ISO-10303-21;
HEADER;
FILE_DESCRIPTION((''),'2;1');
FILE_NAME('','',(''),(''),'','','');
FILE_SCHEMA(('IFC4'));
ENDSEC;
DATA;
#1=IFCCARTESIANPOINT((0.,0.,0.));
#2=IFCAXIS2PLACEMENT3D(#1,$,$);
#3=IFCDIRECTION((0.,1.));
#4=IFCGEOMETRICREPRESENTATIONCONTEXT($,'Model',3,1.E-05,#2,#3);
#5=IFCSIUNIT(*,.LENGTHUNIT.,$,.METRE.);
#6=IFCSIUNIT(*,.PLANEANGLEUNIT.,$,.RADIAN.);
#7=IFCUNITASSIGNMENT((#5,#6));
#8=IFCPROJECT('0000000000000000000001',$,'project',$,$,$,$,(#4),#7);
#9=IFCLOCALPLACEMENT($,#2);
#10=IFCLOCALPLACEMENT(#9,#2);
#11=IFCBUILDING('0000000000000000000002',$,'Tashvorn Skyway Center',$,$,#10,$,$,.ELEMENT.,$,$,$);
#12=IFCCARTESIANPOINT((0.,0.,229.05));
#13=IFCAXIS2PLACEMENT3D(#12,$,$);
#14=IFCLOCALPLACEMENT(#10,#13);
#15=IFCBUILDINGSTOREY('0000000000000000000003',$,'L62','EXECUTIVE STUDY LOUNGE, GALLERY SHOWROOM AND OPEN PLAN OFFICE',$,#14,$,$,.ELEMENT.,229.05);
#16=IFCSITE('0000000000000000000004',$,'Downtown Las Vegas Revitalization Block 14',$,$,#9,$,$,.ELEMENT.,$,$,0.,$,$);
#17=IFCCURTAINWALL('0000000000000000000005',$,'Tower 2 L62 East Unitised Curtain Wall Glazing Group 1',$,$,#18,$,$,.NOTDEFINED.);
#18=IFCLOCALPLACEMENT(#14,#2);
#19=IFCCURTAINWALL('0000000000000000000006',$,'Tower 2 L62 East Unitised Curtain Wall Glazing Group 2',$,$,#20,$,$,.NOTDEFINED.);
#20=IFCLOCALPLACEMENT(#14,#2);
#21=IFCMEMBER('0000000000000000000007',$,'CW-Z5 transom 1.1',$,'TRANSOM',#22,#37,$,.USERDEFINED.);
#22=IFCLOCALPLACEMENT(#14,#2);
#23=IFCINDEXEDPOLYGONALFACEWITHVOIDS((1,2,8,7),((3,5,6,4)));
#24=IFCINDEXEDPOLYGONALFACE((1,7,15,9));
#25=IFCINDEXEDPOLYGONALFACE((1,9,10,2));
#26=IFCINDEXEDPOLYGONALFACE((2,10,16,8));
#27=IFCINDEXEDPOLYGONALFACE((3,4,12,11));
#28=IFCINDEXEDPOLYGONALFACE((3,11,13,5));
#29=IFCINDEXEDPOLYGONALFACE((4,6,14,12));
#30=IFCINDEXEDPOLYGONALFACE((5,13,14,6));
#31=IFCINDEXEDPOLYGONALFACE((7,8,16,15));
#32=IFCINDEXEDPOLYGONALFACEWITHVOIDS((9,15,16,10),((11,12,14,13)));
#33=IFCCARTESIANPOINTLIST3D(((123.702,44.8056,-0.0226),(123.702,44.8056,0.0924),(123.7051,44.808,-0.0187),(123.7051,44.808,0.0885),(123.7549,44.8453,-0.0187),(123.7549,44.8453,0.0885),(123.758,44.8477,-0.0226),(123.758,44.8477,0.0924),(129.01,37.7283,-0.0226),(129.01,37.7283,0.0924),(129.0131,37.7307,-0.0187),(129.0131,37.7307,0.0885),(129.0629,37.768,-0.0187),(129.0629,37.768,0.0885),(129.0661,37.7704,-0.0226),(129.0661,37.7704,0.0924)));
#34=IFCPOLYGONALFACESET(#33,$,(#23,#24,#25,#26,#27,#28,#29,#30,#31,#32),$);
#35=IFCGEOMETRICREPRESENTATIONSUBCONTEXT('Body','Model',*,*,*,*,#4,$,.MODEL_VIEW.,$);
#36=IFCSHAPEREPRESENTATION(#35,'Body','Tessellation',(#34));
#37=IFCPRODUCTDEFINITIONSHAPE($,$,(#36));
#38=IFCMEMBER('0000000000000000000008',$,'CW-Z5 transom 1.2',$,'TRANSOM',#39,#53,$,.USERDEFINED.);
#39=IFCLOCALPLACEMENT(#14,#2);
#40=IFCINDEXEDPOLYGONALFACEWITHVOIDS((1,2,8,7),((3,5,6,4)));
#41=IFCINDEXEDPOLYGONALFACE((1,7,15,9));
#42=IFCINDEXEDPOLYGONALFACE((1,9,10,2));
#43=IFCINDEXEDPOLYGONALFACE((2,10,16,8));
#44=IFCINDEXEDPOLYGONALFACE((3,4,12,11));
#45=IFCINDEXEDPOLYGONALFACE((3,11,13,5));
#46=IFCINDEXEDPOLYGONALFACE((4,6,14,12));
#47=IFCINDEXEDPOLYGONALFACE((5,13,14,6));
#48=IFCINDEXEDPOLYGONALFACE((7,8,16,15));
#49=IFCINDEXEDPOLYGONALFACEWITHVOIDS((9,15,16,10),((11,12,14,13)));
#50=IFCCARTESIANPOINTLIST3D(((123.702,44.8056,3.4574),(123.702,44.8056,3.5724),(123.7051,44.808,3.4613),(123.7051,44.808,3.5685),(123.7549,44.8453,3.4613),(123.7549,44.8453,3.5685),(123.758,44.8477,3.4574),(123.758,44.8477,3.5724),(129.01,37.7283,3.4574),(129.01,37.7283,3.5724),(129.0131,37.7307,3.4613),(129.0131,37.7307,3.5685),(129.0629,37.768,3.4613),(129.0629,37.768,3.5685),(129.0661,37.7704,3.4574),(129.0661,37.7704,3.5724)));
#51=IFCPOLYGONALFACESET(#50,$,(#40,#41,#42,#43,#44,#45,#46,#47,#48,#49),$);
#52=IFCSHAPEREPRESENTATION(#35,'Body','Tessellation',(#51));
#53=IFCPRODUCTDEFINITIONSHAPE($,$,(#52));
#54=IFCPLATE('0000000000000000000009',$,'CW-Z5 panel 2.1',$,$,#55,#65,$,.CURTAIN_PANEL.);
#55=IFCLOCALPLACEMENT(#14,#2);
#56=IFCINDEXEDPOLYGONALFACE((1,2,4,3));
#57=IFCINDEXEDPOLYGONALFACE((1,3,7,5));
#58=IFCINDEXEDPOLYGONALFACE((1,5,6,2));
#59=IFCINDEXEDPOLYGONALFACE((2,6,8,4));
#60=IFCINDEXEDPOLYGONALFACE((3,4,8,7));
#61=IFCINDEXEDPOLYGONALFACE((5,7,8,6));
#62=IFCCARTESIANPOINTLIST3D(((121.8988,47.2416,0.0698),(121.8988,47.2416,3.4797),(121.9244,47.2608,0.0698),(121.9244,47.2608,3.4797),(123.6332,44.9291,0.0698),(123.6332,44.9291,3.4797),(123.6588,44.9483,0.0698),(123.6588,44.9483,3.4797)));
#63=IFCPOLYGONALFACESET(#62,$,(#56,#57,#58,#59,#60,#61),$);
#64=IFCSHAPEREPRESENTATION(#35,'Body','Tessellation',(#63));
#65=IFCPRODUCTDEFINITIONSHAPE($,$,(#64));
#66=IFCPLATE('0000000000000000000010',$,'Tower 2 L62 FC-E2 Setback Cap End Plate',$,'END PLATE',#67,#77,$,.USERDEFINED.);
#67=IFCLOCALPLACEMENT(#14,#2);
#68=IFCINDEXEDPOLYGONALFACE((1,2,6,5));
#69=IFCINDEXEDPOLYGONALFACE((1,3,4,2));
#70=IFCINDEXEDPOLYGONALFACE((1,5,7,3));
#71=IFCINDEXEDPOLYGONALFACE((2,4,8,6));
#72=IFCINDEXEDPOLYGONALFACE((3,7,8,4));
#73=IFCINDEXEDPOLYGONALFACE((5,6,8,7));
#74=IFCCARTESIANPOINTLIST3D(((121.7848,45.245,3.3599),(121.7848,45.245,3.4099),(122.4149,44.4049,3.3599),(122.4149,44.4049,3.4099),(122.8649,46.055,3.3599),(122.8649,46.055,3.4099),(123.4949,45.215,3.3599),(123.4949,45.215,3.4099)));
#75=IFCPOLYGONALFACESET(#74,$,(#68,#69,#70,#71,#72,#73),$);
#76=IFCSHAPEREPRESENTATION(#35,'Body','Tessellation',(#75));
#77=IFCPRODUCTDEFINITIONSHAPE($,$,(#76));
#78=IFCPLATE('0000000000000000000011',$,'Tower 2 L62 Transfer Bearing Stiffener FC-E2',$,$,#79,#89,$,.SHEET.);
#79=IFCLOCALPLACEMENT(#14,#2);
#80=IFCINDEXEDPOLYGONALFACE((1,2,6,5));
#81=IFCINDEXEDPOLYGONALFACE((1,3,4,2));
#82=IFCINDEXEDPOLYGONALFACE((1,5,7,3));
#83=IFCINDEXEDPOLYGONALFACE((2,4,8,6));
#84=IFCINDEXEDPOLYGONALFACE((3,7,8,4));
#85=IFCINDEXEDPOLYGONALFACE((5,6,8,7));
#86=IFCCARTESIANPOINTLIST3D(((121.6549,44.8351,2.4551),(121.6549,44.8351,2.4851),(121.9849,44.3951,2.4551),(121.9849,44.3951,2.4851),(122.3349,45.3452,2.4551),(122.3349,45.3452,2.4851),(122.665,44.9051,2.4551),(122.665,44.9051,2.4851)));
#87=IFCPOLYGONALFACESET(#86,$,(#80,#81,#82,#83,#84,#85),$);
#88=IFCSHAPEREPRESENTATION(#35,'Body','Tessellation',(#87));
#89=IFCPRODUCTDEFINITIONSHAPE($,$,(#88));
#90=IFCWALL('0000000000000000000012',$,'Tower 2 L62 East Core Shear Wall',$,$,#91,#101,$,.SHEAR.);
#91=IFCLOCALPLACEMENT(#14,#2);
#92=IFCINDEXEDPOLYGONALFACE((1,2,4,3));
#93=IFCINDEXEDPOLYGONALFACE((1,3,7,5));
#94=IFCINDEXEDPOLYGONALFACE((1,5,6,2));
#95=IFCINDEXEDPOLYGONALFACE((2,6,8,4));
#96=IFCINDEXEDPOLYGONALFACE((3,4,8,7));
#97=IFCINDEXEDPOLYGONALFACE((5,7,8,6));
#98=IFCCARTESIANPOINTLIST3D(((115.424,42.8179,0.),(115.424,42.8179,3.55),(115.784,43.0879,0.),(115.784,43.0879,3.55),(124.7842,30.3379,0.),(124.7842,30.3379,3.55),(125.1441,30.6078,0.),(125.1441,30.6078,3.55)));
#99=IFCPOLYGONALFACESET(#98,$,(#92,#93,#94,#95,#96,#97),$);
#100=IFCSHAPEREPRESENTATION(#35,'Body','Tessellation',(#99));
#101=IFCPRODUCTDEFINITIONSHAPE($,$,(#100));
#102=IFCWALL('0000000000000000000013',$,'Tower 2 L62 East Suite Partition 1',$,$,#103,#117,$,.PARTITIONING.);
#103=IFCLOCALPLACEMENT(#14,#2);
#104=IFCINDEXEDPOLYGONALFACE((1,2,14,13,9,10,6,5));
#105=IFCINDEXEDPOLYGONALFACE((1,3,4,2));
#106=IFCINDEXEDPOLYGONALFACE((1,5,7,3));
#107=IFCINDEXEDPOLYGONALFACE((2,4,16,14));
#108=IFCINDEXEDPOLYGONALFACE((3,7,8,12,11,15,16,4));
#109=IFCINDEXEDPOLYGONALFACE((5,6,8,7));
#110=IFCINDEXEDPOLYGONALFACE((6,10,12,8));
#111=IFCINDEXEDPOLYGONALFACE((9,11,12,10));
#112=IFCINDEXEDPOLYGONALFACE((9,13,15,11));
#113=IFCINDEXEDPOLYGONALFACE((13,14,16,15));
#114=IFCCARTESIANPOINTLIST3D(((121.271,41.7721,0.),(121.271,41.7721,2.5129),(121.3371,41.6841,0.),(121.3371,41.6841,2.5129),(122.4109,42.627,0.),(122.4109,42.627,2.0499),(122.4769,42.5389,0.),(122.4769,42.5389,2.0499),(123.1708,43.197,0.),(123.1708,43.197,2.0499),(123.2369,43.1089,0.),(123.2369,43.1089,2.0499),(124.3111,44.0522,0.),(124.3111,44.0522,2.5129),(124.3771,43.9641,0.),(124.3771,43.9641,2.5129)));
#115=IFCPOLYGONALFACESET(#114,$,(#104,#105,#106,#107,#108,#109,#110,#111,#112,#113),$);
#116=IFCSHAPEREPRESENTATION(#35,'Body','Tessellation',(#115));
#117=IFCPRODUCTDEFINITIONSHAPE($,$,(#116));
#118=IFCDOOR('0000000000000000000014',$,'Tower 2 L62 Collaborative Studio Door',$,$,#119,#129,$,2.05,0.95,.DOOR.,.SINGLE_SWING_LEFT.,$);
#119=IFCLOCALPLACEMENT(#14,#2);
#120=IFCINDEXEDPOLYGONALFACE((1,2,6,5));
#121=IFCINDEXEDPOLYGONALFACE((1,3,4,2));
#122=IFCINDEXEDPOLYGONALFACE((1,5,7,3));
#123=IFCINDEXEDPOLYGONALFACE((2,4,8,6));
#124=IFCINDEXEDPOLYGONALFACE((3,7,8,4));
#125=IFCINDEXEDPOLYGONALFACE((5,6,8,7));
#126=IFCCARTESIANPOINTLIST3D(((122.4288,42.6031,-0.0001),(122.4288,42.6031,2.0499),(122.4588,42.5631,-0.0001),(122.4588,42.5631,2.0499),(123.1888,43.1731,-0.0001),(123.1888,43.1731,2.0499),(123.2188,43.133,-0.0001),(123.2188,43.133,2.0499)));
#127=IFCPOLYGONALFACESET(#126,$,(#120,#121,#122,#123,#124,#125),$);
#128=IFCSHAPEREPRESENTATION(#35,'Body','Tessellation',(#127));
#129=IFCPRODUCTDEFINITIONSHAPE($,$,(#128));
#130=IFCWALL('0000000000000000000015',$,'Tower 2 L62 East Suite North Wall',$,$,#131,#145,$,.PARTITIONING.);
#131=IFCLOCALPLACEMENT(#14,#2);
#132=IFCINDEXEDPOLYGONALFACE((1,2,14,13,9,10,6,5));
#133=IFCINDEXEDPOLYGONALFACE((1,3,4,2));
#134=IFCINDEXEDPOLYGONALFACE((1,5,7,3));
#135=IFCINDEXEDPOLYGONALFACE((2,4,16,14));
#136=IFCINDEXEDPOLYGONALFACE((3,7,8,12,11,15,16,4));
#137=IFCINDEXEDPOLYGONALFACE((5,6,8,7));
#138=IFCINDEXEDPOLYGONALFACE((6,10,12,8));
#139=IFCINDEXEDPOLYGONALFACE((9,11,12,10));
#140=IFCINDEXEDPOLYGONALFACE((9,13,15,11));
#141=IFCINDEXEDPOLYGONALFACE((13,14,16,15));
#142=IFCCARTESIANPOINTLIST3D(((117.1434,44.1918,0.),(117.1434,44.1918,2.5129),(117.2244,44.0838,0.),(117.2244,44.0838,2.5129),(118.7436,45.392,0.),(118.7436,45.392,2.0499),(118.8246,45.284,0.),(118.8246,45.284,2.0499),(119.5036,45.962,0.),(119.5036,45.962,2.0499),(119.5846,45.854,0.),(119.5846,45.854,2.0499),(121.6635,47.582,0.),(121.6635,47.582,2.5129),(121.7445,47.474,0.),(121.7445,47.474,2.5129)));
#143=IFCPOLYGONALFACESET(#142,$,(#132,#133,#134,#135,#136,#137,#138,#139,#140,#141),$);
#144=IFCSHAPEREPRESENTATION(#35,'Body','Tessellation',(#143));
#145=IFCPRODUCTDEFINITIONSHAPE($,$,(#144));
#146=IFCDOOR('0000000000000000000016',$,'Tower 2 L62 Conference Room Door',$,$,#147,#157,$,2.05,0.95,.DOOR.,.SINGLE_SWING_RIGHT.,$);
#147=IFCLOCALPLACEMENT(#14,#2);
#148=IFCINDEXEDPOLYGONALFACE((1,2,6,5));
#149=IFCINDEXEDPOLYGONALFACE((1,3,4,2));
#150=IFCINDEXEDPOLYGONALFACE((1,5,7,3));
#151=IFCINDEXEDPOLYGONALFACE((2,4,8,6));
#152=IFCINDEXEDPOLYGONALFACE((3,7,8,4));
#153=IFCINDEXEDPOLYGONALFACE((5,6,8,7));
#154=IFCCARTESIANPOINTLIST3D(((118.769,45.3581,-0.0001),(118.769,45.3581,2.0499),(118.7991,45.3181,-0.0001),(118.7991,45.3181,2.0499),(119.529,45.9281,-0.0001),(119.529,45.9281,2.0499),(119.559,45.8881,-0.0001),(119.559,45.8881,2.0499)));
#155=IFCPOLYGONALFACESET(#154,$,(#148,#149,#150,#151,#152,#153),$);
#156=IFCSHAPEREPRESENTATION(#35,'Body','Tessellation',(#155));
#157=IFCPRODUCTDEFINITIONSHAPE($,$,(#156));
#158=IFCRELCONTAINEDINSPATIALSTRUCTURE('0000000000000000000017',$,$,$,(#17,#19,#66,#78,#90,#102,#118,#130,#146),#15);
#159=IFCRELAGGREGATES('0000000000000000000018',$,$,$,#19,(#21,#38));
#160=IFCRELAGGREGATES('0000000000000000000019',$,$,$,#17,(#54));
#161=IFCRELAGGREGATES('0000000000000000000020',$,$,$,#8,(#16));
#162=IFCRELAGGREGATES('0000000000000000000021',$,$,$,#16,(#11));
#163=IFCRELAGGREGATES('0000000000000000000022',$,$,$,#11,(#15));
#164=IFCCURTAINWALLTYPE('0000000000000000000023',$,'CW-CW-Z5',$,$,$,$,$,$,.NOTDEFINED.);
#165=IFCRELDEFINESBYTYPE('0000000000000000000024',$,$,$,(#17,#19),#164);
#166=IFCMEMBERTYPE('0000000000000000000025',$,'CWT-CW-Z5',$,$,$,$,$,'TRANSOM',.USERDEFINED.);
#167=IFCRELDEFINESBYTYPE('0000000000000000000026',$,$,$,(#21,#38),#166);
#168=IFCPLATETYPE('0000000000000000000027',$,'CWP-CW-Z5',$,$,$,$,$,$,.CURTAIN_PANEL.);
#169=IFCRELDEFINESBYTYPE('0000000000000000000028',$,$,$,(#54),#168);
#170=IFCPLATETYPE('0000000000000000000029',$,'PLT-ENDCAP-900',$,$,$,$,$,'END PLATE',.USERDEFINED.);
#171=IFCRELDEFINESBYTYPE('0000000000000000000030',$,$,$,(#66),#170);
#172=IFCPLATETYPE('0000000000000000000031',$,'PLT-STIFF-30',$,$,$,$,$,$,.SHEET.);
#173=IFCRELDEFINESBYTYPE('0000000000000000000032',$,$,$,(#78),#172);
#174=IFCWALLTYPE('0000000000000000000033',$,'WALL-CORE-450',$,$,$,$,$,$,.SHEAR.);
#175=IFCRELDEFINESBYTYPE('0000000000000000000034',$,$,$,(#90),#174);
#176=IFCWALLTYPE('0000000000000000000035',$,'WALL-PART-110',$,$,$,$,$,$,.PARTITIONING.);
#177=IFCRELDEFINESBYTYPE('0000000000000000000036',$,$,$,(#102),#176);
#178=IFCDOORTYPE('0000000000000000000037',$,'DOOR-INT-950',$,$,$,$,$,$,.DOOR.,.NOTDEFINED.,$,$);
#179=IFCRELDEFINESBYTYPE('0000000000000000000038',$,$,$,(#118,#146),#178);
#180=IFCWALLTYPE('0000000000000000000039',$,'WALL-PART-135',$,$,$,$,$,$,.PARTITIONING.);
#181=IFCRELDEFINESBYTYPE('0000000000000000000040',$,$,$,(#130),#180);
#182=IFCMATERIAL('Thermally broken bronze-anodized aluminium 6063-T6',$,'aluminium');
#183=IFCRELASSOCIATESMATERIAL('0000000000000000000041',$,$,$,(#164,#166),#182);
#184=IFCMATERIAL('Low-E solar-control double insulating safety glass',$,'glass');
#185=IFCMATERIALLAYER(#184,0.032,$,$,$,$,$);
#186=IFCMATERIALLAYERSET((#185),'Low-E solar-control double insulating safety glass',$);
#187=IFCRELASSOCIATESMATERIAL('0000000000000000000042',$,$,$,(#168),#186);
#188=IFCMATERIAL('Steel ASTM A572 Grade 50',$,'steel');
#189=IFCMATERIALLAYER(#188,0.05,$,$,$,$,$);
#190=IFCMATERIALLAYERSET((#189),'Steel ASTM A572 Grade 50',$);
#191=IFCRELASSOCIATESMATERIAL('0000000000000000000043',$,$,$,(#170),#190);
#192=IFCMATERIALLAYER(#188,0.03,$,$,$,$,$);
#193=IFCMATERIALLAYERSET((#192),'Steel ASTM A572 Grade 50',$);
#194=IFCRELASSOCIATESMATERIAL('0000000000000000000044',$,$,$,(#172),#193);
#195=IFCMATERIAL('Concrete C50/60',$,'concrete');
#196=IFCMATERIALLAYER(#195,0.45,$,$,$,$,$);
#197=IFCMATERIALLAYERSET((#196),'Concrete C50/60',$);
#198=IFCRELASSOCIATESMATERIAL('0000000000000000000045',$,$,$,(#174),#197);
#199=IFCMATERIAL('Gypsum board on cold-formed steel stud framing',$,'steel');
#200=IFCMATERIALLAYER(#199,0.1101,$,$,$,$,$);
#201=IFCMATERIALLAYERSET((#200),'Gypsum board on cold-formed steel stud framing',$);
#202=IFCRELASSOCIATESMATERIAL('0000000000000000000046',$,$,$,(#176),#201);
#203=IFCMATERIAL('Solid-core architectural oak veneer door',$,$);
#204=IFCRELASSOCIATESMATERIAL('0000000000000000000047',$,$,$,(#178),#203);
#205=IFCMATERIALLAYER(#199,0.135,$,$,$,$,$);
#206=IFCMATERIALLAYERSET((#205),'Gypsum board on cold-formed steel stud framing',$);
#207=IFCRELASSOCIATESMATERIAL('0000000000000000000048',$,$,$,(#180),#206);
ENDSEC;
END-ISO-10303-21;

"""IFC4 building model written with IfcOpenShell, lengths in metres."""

from ifc_helpers import new_model, si_unit, direction, frame, frame_2d, origin, origin_2d, place, context, subcontext, project, spatial, rectangle, hollow_rectangle, extrude, material, layer, layer_set, material_profile, profile_set, type_object, element, fill, aggregate, save


model = new_model("IFC4")

# Units and contexts
model_context = context("Model", 3, precision=1e-05, world=origin(), true_north=direction((0.0, 1.0)))
body_context = subcontext(model_context, "Body", "Model", "MODEL_VIEW")
ifc_project = project(units=[si_unit("LENGTHUNIT", "METRE"), si_unit("PLANEANGLEUNIT", "RADIAN")], contexts=[model_context])

# Site, building, storey
site_placement = place(None, origin())
site = spatial("IfcSite", under=ifc_project, at=site_placement, Name="Downtown Las Vegas Revitalization Block 14", CompositionType="ELEMENT", RefElevation=0.0)
building_placement = place(site_placement, origin())
building = spatial("IfcBuilding", under=site, at=building_placement, Name="Tashvorn Skyway Center", CompositionType="ELEMENT")
storey_placement = place(building_placement, frame((0.0, 0.0, 229.05)))
storey = spatial("IfcBuildingStorey", under=building, at=storey_placement, Name="L62", Description="EXECUTIVE STUDY LOUNGE, GALLERY SHOWROOM AND OPEN PLAN OFFICE", CompositionType="ELEMENT", Elevation=229.05)

# Shared definitions
ifc_material_1 = material(Name="Steel ASTM A572 Grade 50", Category="steel")

# Curtain wall
ifc_material_2 = material(Name="Thermally broken bronze-anodized aluminium 6063-T6", Category="aluminium")
curtain_wall_type = type_object("IfcCurtainWallType", Name="CW-CW-Z5", PredefinedType="NOTDEFINED", material=ifc_material_2)
curtain_wall_1_placement = place(storey_placement, origin())
curtain_wall_1 = element("IfcCurtainWall", 1, at=curtain_wall_1_placement, inside=storey, type_object=curtain_wall_type, Name="Tower 2 L62 East Unitised Curtain Wall Glazing Group 1", PredefinedType="NOTDEFINED")

# Curtain wall
curtain_wall_2_placement = place(storey_placement, origin())
curtain_wall_2 = element("IfcCurtainWall", 2, at=curtain_wall_2_placement, inside=storey, type_object=curtain_wall_type, Name="Tower 2 L62 East Unitised Curtain Wall Glazing Group 2", PredefinedType="NOTDEFINED")

# Members
ifc_material_profile_1 = material_profile(ifc_material_2, hollow_rectangle(XDim=0.0701, YDim=0.115, WallThickness=0.0039, at=origin_2d()), Name="ALU-TRAN-70x115")
ifc_profile_set_1 = profile_set([ifc_material_profile_1], Name="Thermally broken bronze-anodized aluminium 6063-T6")
member_type_1 = type_object("IfcMemberType", Name="CWT-CW-Z5", ElementType="TRANSOM", PredefinedType="USERDEFINED", material=ifc_profile_set_1)
member_1_placement = place(storey_placement, frame((123.73, 44.8267, 0.0349), z_axis=(0.600004, -0.799997, 0.0), x_axis=(0.799997, 0.600004, 0.0)))
member_1 = element("IfcMember", 3, at=member_1_placement, type_object=member_type_1, Name="CW-Z5 transom 1.1", ObjectType="TRANSOM", PredefinedType="USERDEFINED", context=body_context, shape_type="SweptSolid", body=[
    extrude(hollow_rectangle(XDim=0.0701, YDim=0.115, WallThickness=0.0039, at=origin_2d()), origin(), (0.0, 0.0, 1.0), 8.8467),
])
member_2_placement = place(storey_placement, frame((123.73, 44.8267, 3.5149), z_axis=(0.600004, -0.799997, 0.0), x_axis=(0.799997, 0.600004, 0.0)))
member_2 = element("IfcMember", 4, at=member_2_placement, type_object=member_type_1, Name="CW-Z5 transom 1.2", ObjectType="TRANSOM", PredefinedType="USERDEFINED", context=body_context, shape_type="SweptSolid", body=[
    extrude(hollow_rectangle(XDim=0.0701, YDim=0.115, WallThickness=0.0039, at=origin_2d()), origin(), (0.0, 0.0, 1.0), 8.8467),
])
aggregate(curtain_wall_2, [member_1, member_2])

# Plate
ifc_material_3 = material(Name="Low-E solar-control double insulating safety glass", Category="glass")
ifc_layer_1 = layer(ifc_material_3, 0.032)
ifc_layer_set_1 = layer_set([ifc_layer_1], Name="Low-E solar-control double insulating safety glass")
plate_type_1 = type_object("IfcPlateType", Name="CWP-CW-Z5", PredefinedType="CURTAIN_PANEL", material=ifc_layer_set_1)
plate_1_placement = place(storey_placement, frame((122.7788, 46.095, 0.0698), z_axis=(0.0, 0.0, 1.0), x_axis=(0.600003, -0.799998, 0.0)))
plate_1 = element("IfcPlate", 5, at=plate_1_placement, type_object=plate_type_1, Name="CW-Z5 panel 2.1", PredefinedType="CURTAIN_PANEL", context=body_context, shape_type="SweptSolid", body=[
    extrude(rectangle(XDim=2.8906, YDim=0.032, at=origin_2d()), origin(), (0.0, 0.0, 1.0), 3.4099),
])
aggregate(curtain_wall_1, [plate_1])

# Plates
ifc_layer_2 = layer(ifc_material_1, 0.05)
ifc_layer_set_2 = layer_set([ifc_layer_2], Name="Steel ASTM A572 Grade 50")
plate_type_2 = type_object("IfcPlateType", Name="PLT-ENDCAP-900", ElementType="END PLATE", PredefinedType="USERDEFINED", material=ifc_layer_set_2)
plate_2_placement = place(storey_placement, frame((122.6399, 45.23, 3.3599), z_axis=(0.0, 0.0, 1.0), x_axis=(0.8, 0.6, 0.0)))
element("IfcPlate", 6, at=plate_2_placement, inside=storey, type_object=plate_type_2, Name="Tower 2 L62 FC-E2 Setback Cap End Plate", ObjectType="END PLATE", PredefinedType="USERDEFINED", context=body_context, shape_type="SweptSolid", body=[
    extrude(rectangle(XDim=1.3501, YDim=1.05, at=origin_2d()), origin(), (0.0, 0.0, 1.0), 0.05),
])
ifc_layer_3 = layer(ifc_material_1, 0.03)
ifc_layer_set_3 = layer_set([ifc_layer_3], Name="Steel ASTM A572 Grade 50")
plate_type_3 = type_object("IfcPlateType", Name="PLT-STIFF-30", PredefinedType="SHEET", material=ifc_layer_set_3)
plate_3_placement = place(storey_placement, frame((122.1599, 44.8701, 2.4551), z_axis=(0.0, 0.0, 1.0), x_axis=(0.8, 0.6, 0.0)))
element("IfcPlate", 7, at=plate_3_placement, inside=storey, type_object=plate_type_3, Name="Tower 2 L62 Transfer Bearing Stiffener FC-E2", PredefinedType="SHEET", context=body_context, shape_type="SweptSolid", body=[
    extrude(rectangle(XDim=0.8501, YDim=0.55, at=origin_2d()), origin(), (0.0, 0.0, 1.0), 0.03),
])

# Wall
ifc_material_4 = material(Name="Concrete C50/60", Category="concrete")
ifc_layer_4 = layer(ifc_material_4, 0.45)
ifc_layer_set_4 = layer_set([ifc_layer_4], Name="Concrete C50/60")
wall_type_1 = type_object("IfcWallType", Name="WALL-CORE-450", PredefinedType="SHEAR", material=ifc_layer_set_4)
wall_1_placement = place(storey_placement, frame((115.604, 42.9529, 0.0), z_axis=(0.0, 0.0, 1.0), x_axis=(0.600005, -0.799996, 0.0)))
element("IfcWall", 8, at=wall_1_placement, inside=storey, type_object=wall_type_1, Name="Tower 2 L62 East Core Shear Wall", PredefinedType="SHEAR", context=body_context, shape_type="SweptSolid", body=[
    extrude(rectangle(XDim=15.6001, YDim=0.45, at=frame_2d((7.8, 0.0))), origin(), (0.0, 0.0, 1.0), 3.55),
])

# Walls, openings, doors
ifc_material_5 = material(Name="Gypsum board on cold-formed steel stud framing", Category="steel")
ifc_layer_5 = layer(ifc_material_5, 0.1101)
ifc_layer_set_5 = layer_set([ifc_layer_5], Name="Gypsum board on cold-formed steel stud framing")
wall_type_2 = type_object("IfcWallType", Name="WALL-PART-110", PredefinedType="PARTITIONING", material=ifc_layer_set_5)
wall_2_placement = place(storey_placement, frame((124.344, 44.0081, 0.0), z_axis=(0.0, 0.0, 1.0), x_axis=(-0.8, -0.6, 0.0)))
wall_2 = element("IfcWall", 9, at=wall_2_placement, inside=storey, type_object=wall_type_2, Name="Tower 2 L62 East Suite Partition 1", PredefinedType="PARTITIONING", context=body_context, shape_type="SweptSolid", body=[
    extrude(rectangle(XDim=3.8, YDim=0.1101, at=frame_2d((1.8999, 0.0))), origin(), (0.0, 0.0, 1.0), 2.5129),
])
opening_1_placement = place(wall_2_placement, frame((1.425, 0.0, 0.0)))
opening_1 = element("IfcOpeningElement", 10, at=opening_1_placement, cuts=wall_2, PredefinedType="OPENING", context=body_context, shape_type="SweptSolid", body=[
    extrude(rectangle(XDim=0.95, YDim=2.05, at=frame_2d((0.4751, 1.0249))), frame((0.0, 0.0649, 0.0), z_axis=(0.0, -1.0, 0.0), x_axis=(1.0, 0.0, 0.0)), (0.0, 0.0, 1.0), 0.1301),
])
ifc_material_6 = material(Name="Solid-core architectural oak veneer door")
door_type_1 = type_object("IfcDoorType", Name="DOOR-INT-950", OperationType="NOTDEFINED", PredefinedType="DOOR", material=ifc_material_6)
door_1_placement = place(opening_1_placement, origin())
door_1 = element("IfcDoor", 11, at=door_1_placement, inside=storey, type_object=door_type_1, Name="Tower 2 L62 Collaborative Studio Door", OperationType="SINGLE_SWING_LEFT", OverallHeight=2.05, OverallWidth=0.95, PredefinedType="DOOR", context=body_context, shape_type="SweptSolid", body=[
    extrude(rectangle(XDim=0.95, YDim=2.05, at=frame_2d((0.4751, 1.0249))), frame((0.0, 0.0249, 0.0), z_axis=(0.0, -1.0, 0.0), x_axis=(1.0, 0.0, 0.0)), (0.0, 0.0, 1.0), 0.05),
])
fill(opening_1, door_1)
ifc_layer_6 = layer(ifc_material_5, 0.135)
ifc_layer_set_6 = layer_set([ifc_layer_6], Name="Gypsum board on cold-formed steel stud framing")
wall_type_3 = type_object("IfcWallType", Name="WALL-PART-135", PredefinedType="PARTITIONING", material=ifc_layer_set_6)
wall_3_placement = place(storey_placement, frame((121.7041, 47.5281, 0.0), z_axis=(0.0, 0.0, 1.0), x_axis=(-0.79999, -0.600014, 0.0)))
wall_3 = element("IfcWall", 12, at=wall_3_placement, inside=storey, type_object=wall_type_3, Name="Tower 2 L62 East Suite North Wall", PredefinedType="PARTITIONING", context=body_context, shape_type="SweptSolid", body=[
    extrude(rectangle(XDim=5.6501, YDim=0.135, at=frame_2d((2.8252, 0.0))), origin(), (0.0, 0.0, 1.0), 2.5129),
])
opening_2_placement = place(wall_3_placement, frame((2.7, 0.0, 0.0)))
opening_2 = element("IfcOpeningElement", 13, at=opening_2_placement, cuts=wall_3, PredefinedType="OPENING", context=body_context, shape_type="SweptSolid", body=[
    extrude(rectangle(XDim=0.95, YDim=2.05, at=frame_2d((0.4751, 1.0249))), frame((0.0, 0.0774, 0.0), z_axis=(0.0, -1.0, 0.0), x_axis=(1.0, 0.0, 0.0)), (0.0, 0.0, 1.0), 0.155),
])
door_2_placement = place(opening_2_placement, origin())
door_2 = element("IfcDoor", 14, at=door_2_placement, inside=storey, type_object=door_type_1, Name="Tower 2 L62 Conference Room Door", OperationType="SINGLE_SWING_RIGHT", OverallHeight=2.05, OverallWidth=0.95, PredefinedType="DOOR", context=body_context, shape_type="SweptSolid", body=[
    extrude(rectangle(XDim=0.95, YDim=2.05, at=frame_2d((0.4751, 1.0249))), frame((0.0, 0.0249, 0.0), z_axis=(0.0, -1.0, 0.0), x_axis=(1.0, 0.0, 0.0)), (0.0, 0.0, 1.0), 0.05),
])
fill(opening_2, door_2)

save(model, "model.ifc")
